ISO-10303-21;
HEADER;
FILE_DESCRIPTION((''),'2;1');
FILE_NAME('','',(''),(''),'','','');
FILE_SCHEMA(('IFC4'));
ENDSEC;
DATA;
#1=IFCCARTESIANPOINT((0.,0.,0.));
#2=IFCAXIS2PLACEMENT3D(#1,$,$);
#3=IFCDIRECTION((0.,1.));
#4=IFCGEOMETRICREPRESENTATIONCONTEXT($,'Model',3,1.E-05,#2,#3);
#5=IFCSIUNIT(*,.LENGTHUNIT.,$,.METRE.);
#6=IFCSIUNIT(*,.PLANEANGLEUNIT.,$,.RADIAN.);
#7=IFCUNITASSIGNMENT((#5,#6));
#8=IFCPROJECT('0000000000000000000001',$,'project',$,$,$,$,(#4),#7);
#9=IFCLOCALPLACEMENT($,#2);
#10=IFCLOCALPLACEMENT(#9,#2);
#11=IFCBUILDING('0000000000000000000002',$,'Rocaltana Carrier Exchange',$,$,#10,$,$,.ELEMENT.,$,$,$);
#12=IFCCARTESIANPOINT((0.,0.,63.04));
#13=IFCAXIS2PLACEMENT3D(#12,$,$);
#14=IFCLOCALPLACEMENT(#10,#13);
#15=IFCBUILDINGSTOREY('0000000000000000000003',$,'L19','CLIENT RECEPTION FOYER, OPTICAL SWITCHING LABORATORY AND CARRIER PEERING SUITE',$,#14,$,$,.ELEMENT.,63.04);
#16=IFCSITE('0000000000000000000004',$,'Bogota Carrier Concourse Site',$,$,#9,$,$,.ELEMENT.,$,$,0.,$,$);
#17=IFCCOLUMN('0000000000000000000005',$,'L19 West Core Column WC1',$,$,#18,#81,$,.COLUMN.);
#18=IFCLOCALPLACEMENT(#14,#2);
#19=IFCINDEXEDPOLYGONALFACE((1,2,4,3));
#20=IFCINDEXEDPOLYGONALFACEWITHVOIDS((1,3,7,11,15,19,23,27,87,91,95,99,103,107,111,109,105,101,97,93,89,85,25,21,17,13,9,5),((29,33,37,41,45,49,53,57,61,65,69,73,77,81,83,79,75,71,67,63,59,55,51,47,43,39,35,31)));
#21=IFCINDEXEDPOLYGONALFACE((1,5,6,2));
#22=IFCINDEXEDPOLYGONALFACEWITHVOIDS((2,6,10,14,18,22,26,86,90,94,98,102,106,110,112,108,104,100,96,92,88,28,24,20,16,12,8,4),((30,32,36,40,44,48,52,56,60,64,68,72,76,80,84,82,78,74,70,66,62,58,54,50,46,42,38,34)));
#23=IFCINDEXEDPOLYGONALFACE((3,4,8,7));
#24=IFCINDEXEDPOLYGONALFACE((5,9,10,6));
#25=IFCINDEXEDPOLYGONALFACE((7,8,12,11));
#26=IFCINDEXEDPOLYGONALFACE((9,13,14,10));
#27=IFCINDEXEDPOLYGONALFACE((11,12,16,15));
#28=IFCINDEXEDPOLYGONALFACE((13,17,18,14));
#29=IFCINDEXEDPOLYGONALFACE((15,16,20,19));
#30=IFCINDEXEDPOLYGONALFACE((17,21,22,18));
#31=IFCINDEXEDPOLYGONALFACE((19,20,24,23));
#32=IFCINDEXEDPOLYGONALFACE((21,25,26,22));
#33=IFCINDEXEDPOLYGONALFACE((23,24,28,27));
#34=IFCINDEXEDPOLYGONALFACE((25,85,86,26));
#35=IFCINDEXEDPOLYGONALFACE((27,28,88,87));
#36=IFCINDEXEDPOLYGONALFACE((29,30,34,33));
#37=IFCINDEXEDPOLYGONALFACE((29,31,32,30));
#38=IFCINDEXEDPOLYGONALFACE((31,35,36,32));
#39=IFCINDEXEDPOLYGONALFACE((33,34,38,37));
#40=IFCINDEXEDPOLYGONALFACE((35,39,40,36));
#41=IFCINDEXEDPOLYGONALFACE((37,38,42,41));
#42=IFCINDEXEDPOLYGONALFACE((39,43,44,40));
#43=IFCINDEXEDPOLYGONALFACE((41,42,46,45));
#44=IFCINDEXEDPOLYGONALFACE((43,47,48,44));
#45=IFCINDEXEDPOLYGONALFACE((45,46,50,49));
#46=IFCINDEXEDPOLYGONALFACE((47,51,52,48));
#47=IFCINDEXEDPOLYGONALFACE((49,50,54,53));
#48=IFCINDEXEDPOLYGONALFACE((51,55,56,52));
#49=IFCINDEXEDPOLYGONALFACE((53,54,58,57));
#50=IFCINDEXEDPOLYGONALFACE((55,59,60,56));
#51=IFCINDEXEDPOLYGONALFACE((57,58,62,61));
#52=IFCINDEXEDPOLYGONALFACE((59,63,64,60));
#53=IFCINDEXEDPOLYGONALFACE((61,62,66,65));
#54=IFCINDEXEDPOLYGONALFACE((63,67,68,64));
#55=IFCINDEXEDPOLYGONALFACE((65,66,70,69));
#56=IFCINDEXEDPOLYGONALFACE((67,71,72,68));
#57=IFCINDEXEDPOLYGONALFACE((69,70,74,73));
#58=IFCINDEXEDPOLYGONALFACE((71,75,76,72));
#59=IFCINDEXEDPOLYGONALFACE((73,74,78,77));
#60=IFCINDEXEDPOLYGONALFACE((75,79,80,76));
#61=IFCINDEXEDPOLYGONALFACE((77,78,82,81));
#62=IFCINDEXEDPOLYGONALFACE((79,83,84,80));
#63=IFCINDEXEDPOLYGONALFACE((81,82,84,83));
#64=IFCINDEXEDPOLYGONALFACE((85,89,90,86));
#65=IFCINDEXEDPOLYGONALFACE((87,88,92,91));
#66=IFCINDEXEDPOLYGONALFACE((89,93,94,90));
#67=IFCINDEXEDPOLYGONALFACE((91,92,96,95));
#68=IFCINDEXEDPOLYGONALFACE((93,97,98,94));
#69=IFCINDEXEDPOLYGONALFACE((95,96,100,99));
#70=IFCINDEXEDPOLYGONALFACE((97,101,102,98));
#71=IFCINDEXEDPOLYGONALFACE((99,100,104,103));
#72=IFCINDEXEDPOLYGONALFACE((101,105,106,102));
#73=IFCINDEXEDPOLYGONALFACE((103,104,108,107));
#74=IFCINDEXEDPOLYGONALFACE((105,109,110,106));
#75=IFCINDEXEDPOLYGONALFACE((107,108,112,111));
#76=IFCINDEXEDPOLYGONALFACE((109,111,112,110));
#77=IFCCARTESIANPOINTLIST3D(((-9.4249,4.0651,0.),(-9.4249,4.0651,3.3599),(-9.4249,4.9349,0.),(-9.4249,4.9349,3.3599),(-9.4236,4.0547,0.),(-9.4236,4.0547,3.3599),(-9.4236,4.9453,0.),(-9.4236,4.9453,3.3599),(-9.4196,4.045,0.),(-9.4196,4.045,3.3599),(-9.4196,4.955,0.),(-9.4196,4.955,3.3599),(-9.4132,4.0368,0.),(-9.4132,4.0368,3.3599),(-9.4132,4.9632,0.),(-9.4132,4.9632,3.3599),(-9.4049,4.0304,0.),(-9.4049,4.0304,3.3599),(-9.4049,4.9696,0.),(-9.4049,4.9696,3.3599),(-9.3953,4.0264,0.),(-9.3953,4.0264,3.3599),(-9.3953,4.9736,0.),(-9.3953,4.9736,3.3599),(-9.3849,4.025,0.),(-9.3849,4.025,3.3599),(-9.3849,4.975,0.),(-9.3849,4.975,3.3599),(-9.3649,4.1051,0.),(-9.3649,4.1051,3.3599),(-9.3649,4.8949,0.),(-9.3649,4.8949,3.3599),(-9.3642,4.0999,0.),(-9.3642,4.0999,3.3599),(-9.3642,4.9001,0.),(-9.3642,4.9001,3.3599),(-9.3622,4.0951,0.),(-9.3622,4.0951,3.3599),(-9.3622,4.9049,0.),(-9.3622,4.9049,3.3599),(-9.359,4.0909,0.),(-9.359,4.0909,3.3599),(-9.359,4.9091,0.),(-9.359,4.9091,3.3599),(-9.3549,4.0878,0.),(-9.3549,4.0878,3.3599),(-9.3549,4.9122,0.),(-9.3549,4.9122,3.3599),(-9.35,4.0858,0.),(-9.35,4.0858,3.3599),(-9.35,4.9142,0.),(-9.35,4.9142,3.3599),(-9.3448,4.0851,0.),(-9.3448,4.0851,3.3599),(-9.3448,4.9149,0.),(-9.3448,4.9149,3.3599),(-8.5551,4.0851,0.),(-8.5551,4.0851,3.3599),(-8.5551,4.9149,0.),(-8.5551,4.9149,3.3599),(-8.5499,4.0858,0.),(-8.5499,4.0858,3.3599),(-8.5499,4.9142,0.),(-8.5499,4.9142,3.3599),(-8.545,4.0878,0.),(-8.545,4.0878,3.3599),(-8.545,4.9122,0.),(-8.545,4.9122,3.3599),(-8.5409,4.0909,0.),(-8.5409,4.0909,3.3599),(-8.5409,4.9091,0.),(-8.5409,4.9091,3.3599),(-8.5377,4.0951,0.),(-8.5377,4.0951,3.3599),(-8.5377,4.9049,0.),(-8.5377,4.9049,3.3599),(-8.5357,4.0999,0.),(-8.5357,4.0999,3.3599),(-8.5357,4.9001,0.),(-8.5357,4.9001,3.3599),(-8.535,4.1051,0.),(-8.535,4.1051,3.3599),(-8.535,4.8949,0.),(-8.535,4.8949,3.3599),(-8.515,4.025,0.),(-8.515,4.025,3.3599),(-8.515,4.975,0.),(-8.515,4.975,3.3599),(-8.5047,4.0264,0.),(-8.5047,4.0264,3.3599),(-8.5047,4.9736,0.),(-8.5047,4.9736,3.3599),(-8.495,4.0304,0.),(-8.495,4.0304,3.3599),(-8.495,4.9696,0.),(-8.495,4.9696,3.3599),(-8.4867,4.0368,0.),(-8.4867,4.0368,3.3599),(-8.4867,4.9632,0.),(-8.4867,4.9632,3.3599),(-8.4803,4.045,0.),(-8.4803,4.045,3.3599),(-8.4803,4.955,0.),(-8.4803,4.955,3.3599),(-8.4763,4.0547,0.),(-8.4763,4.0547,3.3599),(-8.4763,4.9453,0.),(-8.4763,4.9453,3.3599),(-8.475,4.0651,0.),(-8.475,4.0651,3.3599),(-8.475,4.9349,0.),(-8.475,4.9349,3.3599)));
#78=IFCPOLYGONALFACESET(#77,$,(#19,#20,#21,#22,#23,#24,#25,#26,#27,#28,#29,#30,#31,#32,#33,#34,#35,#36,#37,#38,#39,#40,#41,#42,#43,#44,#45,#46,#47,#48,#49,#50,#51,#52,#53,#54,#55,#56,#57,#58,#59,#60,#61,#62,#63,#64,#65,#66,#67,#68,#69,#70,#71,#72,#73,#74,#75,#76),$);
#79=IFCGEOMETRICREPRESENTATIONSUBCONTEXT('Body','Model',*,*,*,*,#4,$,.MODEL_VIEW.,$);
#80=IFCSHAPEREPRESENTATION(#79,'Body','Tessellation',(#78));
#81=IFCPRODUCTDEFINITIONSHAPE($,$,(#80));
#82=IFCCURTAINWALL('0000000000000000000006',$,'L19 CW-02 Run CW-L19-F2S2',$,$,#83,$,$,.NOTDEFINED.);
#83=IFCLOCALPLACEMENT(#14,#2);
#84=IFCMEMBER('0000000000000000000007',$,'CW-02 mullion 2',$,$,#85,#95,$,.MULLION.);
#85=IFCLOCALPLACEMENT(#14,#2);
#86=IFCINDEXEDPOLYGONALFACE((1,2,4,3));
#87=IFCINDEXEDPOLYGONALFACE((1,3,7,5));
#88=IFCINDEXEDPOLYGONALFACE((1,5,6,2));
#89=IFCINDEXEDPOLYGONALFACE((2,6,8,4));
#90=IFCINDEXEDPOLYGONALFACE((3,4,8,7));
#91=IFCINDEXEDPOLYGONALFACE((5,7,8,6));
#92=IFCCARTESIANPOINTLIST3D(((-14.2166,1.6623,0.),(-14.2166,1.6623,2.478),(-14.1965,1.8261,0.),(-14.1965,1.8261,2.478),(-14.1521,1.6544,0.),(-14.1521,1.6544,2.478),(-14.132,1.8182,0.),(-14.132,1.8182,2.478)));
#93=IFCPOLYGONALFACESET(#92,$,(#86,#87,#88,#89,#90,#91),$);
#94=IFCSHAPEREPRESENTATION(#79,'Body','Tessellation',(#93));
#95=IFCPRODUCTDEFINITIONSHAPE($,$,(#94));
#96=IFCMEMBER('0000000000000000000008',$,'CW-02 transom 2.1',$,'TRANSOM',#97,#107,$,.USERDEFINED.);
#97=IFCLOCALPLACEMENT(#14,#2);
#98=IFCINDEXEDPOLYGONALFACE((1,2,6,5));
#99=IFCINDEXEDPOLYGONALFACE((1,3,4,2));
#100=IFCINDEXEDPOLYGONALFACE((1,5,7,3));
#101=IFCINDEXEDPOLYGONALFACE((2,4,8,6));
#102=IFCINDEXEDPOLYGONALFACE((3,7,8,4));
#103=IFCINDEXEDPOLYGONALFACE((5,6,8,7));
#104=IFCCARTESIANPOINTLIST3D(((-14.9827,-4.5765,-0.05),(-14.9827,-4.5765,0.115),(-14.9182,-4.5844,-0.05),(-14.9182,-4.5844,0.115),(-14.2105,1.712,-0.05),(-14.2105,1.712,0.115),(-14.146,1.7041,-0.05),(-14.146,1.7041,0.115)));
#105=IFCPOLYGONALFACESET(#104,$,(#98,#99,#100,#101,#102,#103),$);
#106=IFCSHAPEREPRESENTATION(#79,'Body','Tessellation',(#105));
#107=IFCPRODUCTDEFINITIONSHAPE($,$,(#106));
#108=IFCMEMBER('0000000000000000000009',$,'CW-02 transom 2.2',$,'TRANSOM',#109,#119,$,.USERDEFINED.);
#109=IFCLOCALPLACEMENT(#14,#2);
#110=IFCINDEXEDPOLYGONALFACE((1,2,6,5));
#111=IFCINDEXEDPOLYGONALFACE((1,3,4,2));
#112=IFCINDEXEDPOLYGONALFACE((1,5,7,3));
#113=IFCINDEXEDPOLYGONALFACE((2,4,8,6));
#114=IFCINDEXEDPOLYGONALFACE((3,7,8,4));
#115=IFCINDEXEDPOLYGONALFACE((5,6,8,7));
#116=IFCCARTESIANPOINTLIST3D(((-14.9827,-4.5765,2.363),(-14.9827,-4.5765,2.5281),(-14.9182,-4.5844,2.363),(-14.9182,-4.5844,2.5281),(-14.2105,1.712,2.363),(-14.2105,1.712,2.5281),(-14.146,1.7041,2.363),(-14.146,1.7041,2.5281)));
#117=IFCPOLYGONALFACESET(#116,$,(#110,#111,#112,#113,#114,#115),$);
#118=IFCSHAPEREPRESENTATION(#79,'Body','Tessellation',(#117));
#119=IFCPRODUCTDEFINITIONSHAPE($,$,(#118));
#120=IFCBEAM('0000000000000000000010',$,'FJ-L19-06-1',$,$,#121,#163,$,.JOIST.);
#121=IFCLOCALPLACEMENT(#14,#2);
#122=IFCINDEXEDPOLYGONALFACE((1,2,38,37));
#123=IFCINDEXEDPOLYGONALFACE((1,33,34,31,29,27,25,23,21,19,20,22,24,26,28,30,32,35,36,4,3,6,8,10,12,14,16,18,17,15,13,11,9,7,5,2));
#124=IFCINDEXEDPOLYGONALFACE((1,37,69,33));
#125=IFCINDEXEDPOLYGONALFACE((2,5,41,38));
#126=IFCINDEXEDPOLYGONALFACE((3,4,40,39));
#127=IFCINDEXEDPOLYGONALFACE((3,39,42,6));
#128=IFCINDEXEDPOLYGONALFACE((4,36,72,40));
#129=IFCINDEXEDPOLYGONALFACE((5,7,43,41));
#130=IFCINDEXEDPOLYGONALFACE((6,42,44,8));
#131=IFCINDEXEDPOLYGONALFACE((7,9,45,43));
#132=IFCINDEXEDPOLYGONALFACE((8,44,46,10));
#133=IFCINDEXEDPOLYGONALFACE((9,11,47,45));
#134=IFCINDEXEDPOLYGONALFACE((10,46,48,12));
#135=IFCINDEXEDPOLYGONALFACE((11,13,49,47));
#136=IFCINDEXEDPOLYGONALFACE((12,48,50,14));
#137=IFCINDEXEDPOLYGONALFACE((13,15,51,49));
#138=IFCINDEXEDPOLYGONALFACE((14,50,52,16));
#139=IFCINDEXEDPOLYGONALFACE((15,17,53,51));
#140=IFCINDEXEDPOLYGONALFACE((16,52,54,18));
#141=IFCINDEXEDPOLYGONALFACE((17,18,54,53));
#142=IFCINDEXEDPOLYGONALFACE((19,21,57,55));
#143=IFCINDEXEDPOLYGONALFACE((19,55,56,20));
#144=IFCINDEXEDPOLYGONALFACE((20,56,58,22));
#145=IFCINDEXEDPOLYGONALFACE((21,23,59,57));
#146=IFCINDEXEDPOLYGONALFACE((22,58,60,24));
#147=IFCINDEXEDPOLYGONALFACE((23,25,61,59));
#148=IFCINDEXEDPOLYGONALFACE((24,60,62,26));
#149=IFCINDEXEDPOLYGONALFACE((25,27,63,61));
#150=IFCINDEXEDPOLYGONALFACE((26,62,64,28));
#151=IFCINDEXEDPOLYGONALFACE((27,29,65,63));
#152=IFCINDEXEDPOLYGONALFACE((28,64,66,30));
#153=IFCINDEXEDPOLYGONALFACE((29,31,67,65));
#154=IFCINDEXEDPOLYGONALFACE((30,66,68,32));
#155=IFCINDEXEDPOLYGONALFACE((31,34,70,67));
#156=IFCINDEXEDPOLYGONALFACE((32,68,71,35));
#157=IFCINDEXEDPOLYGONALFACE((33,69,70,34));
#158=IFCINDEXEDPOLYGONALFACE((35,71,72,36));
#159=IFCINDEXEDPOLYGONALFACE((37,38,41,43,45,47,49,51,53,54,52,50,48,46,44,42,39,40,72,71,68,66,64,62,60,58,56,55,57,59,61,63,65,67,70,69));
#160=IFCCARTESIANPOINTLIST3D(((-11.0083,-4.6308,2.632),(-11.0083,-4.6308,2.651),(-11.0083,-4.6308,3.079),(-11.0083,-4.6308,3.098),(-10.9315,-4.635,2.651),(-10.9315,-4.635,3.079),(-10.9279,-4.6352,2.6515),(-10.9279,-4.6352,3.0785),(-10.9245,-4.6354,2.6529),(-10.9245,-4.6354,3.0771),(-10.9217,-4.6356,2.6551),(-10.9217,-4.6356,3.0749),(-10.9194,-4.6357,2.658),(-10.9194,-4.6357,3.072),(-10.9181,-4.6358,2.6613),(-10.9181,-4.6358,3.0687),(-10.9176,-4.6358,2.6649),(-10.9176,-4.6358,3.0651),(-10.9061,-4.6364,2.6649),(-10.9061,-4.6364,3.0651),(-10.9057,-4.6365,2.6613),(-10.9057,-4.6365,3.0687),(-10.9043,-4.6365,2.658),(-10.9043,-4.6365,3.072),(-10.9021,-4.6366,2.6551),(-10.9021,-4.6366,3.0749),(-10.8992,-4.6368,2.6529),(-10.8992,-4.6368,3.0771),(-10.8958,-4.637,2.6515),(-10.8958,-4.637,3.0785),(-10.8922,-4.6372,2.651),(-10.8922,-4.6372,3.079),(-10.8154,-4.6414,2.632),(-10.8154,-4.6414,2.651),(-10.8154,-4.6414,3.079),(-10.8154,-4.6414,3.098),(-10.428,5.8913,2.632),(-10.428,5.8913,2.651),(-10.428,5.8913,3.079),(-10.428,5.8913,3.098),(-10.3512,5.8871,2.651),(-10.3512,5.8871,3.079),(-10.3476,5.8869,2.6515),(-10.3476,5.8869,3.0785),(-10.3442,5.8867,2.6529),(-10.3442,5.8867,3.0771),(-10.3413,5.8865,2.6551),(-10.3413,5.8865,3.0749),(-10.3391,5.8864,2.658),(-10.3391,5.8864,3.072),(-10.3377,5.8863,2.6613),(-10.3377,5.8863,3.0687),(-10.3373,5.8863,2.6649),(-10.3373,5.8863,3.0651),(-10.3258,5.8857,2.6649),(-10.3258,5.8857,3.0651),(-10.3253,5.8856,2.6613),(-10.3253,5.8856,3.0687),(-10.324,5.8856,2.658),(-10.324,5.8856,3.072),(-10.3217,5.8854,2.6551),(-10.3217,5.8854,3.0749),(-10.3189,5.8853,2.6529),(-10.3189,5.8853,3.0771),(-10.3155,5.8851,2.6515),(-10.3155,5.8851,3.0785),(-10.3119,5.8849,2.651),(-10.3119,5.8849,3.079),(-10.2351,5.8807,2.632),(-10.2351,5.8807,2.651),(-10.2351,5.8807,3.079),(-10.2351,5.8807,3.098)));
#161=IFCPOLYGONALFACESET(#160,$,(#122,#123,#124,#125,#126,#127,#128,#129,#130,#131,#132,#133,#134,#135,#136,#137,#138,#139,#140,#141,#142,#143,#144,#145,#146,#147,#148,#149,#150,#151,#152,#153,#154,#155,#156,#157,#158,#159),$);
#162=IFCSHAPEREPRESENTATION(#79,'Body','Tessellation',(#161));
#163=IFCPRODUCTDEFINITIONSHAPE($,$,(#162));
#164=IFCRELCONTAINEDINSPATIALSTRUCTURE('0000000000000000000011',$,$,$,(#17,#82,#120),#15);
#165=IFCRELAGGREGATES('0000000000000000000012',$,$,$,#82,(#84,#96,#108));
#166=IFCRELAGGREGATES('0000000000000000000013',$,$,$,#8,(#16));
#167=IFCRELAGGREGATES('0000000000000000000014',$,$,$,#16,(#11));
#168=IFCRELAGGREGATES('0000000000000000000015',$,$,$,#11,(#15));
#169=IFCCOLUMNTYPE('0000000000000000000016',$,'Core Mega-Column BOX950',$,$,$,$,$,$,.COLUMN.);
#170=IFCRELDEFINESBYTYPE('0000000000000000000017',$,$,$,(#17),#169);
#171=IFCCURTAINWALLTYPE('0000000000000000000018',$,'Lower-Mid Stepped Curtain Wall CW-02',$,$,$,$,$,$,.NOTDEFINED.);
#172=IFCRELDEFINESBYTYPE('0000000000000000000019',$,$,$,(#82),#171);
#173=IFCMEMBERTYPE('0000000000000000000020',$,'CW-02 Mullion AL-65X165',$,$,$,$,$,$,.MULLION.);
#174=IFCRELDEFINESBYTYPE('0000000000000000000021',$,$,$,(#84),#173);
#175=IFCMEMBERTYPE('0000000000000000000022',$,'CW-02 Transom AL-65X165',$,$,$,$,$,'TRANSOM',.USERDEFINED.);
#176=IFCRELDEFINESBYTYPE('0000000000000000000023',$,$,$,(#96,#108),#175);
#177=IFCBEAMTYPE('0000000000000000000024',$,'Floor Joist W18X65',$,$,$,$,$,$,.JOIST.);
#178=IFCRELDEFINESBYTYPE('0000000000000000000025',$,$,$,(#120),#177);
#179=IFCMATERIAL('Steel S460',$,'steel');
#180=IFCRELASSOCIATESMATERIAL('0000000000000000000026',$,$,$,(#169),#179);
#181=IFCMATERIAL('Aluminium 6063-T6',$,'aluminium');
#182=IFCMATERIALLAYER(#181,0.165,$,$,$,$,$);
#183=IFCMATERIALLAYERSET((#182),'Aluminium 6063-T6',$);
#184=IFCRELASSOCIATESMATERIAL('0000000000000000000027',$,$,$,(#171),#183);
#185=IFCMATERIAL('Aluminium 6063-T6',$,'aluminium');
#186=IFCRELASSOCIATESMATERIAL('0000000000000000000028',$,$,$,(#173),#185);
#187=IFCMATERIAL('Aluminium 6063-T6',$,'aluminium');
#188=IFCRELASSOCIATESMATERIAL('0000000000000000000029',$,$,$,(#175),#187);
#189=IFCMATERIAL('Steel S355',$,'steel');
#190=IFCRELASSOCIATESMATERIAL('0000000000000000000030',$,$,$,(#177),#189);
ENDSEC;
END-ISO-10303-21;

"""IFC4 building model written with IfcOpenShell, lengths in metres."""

from ifc_helpers import new_model, si_unit, direction, frame, origin, origin_2d, place, context, subcontext, project, spatial, rectangle, hollow_rectangle, i_section, extrude, material, layer, layer_set, material_profile, profile_set, type_object, element, aggregate, save


model = new_model("IFC4")

# Units and contexts
model_context = context("Model", 3, precision=1e-05, world=origin(), true_north=direction((0.0, 1.0)))
body_context = subcontext(model_context, "Body", "Model", "MODEL_VIEW")
ifc_project = project(units=[si_unit("LENGTHUNIT", "METRE"), si_unit("PLANEANGLEUNIT", "RADIAN")], contexts=[model_context])

# Site, building, storey
site_placement = place(None, origin())
site = spatial("IfcSite", under=ifc_project, at=site_placement, Name="Bogota Carrier Concourse Site", CompositionType="ELEMENT", RefElevation=0.0)
building_placement = place(site_placement, origin())
building = spatial("IfcBuilding", under=site, at=building_placement, Name="Rocaltana Carrier Exchange", CompositionType="ELEMENT")
storey_placement = place(building_placement, frame((0.0, 0.0, 63.04)))
storey = spatial("IfcBuildingStorey", under=building, at=storey_placement, Name="L19", Description="CLIENT RECEPTION FOYER, OPTICAL SWITCHING LABORATORY AND CARRIER PEERING SUITE", CompositionType="ELEMENT", Elevation=63.04)

# Column
ifc_material_1 = material(Name="Steel S460", Category="steel")
ifc_material_profile_1 = material_profile(ifc_material_1, hollow_rectangle(XDim=0.95, YDim=0.95, WallThickness=0.0601, InnerFilletRadius=0.02, OuterFilletRadius=0.04, at=origin_2d()), Name="BOX950X950X60")
ifc_profile_set_1 = profile_set([ifc_material_profile_1], Name="Steel S460")
column_type = type_object("IfcColumnType", Name="Core Mega-Column BOX950", PredefinedType="COLUMN", material=ifc_profile_set_1)
column_placement = place(storey_placement, frame((-8.95, 4.5, 0.0), z_axis=(0.0, 0.0, 1.0), x_axis=(1.0, 0.0, 0.0)))
element("IfcColumn", 1, at=column_placement, inside=storey, type_object=column_type, Name="L19 West Core Column WC1", PredefinedType="COLUMN", context=body_context, shape_type="SweptSolid", body=[
    extrude(hollow_rectangle(XDim=0.95, YDim=0.95, WallThickness=0.0601, InnerFilletRadius=0.02, OuterFilletRadius=0.04, at=origin_2d()), origin(), (0.0, 0.0, 1.0), 3.3599),
])

# Curtain wall, members
ifc_material_2 = material(Name="Aluminium 6063-T6", Category="aluminium")
ifc_layer_1 = layer(ifc_material_2, 0.165)
ifc_layer_set_1 = layer_set([ifc_layer_1], Name="Aluminium 6063-T6")
curtain_wall_type = type_object("IfcCurtainWallType", Name="Lower-Mid Stepped Curtain Wall CW-02", PredefinedType="NOTDEFINED", material=ifc_layer_set_1)
curtain_wall_placement = place(storey_placement, origin())
curtain_wall = element("IfcCurtainWall", 2, at=curtain_wall_placement, inside=storey, type_object=curtain_wall_type, Name="L19 CW-02 Run CW-L19-F2S2", PredefinedType="NOTDEFINED")
ifc_material_3 = material(Name="Aluminium 6063-T6", Category="aluminium")
ifc_material_profile_2 = material_profile(ifc_material_3, rectangle(XDim=0.0649, YDim=0.165, at=origin_2d()), Name="AL-65X165")
ifc_profile_set_2 = profile_set([ifc_material_profile_2], Name="Aluminium 6063-T6")
member_type_1 = type_object("IfcMemberType", Name="CW-02 Mullion AL-65X165", PredefinedType="MULLION", material=ifc_profile_set_2)
member_1_placement = place(storey_placement, frame((-14.1743, 1.7402, 0.0), z_axis=(0.0, 0.0, 1.0), x_axis=(0.992546, -0.121874, 0.0)))
member_1 = element("IfcMember", 3, at=member_1_placement, type_object=member_type_1, Name="CW-02 mullion 2", PredefinedType="MULLION", context=body_context, shape_type="SweptSolid", body=[
    extrude(rectangle(XDim=0.0649, YDim=0.165, at=origin_2d()), origin(), (0.0, 0.0, 1.0), 2.478),
])
ifc_material_4 = material(Name="Aluminium 6063-T6", Category="aluminium")
ifc_material_profile_3 = material_profile(ifc_material_4, rectangle(XDim=0.0649, YDim=0.165, at=origin_2d()), Name="AL-65X165")
ifc_profile_set_3 = profile_set([ifc_material_profile_3], Name="Aluminium 6063-T6")
member_type_2 = type_object("IfcMemberType", Name="CW-02 Transom AL-65X165", ElementType="TRANSOM", PredefinedType="USERDEFINED", material=ifc_profile_set_3)
member_2_placement = place(storey_placement, frame((-14.1782, 1.708, 0.0325), z_axis=(-0.121881, -0.992545, 0.0), x_axis=(0.992545, -0.121881, 0.0)))
member_2 = element("IfcMember", 4, at=member_2_placement, type_object=member_type_2, Name="CW-02 transom 2.1", ObjectType="TRANSOM", PredefinedType="USERDEFINED", context=body_context, shape_type="SweptSolid", body=[
    extrude(rectangle(XDim=0.0649, YDim=0.165, at=origin_2d()), origin(), (0.0, 0.0, 1.0), 6.3357),
])
member_3_placement = place(storey_placement, frame((-14.1782, 1.708, 2.4456), z_axis=(-0.121881, -0.992545, 0.0), x_axis=(0.992545, -0.121881, 0.0)))
member_3 = element("IfcMember", 5, at=member_3_placement, type_object=member_type_2, Name="CW-02 transom 2.2", ObjectType="TRANSOM", PredefinedType="USERDEFINED", context=body_context, shape_type="SweptSolid", body=[
    extrude(rectangle(XDim=0.0649, YDim=0.165, at=origin_2d()), origin(), (0.0, 0.0, 1.0), 6.3357),
])

# Beam
ifc_material_5 = material(Name="Steel S355", Category="steel")
ifc_material_profile_4 = material_profile(ifc_material_5, i_section(OverallWidth=0.1931, OverallDepth=0.4661, WebThickness=0.0115, FlangeThickness=0.019, FilletRadius=0.0139, at=origin_2d()), Name="W18X65")
ifc_profile_set_4 = profile_set([ifc_material_profile_4], Name="Steel S355")
beam_type_1 = type_object("IfcBeamType", Name="Floor Joist W18X65", PredefinedType="JOIST", material=ifc_profile_set_4)
beam_1_placement = place(storey_placement, frame((-10.3315, 5.886, 2.865), z_axis=(-0.055068, -0.998483, 0.0), x_axis=(0.998483, -0.055068, 0.0)))
element("IfcBeam", 6, at=beam_1_placement, inside=storey, type_object=beam_type_1, Name="FJ-L19-06-1", PredefinedType="JOIST", context=body_context, shape_type="SweptSolid", body=[
    extrude(i_section(OverallWidth=0.1931, OverallDepth=0.4661, WebThickness=0.0115, FlangeThickness=0.019, FilletRadius=0.0139, at=origin_2d()), origin(), (0.0, 0.0, 1.0), 10.5381),
])

aggregate(curtain_wall, [member_1, member_2, member_3])

save(model, "model.ifc")
